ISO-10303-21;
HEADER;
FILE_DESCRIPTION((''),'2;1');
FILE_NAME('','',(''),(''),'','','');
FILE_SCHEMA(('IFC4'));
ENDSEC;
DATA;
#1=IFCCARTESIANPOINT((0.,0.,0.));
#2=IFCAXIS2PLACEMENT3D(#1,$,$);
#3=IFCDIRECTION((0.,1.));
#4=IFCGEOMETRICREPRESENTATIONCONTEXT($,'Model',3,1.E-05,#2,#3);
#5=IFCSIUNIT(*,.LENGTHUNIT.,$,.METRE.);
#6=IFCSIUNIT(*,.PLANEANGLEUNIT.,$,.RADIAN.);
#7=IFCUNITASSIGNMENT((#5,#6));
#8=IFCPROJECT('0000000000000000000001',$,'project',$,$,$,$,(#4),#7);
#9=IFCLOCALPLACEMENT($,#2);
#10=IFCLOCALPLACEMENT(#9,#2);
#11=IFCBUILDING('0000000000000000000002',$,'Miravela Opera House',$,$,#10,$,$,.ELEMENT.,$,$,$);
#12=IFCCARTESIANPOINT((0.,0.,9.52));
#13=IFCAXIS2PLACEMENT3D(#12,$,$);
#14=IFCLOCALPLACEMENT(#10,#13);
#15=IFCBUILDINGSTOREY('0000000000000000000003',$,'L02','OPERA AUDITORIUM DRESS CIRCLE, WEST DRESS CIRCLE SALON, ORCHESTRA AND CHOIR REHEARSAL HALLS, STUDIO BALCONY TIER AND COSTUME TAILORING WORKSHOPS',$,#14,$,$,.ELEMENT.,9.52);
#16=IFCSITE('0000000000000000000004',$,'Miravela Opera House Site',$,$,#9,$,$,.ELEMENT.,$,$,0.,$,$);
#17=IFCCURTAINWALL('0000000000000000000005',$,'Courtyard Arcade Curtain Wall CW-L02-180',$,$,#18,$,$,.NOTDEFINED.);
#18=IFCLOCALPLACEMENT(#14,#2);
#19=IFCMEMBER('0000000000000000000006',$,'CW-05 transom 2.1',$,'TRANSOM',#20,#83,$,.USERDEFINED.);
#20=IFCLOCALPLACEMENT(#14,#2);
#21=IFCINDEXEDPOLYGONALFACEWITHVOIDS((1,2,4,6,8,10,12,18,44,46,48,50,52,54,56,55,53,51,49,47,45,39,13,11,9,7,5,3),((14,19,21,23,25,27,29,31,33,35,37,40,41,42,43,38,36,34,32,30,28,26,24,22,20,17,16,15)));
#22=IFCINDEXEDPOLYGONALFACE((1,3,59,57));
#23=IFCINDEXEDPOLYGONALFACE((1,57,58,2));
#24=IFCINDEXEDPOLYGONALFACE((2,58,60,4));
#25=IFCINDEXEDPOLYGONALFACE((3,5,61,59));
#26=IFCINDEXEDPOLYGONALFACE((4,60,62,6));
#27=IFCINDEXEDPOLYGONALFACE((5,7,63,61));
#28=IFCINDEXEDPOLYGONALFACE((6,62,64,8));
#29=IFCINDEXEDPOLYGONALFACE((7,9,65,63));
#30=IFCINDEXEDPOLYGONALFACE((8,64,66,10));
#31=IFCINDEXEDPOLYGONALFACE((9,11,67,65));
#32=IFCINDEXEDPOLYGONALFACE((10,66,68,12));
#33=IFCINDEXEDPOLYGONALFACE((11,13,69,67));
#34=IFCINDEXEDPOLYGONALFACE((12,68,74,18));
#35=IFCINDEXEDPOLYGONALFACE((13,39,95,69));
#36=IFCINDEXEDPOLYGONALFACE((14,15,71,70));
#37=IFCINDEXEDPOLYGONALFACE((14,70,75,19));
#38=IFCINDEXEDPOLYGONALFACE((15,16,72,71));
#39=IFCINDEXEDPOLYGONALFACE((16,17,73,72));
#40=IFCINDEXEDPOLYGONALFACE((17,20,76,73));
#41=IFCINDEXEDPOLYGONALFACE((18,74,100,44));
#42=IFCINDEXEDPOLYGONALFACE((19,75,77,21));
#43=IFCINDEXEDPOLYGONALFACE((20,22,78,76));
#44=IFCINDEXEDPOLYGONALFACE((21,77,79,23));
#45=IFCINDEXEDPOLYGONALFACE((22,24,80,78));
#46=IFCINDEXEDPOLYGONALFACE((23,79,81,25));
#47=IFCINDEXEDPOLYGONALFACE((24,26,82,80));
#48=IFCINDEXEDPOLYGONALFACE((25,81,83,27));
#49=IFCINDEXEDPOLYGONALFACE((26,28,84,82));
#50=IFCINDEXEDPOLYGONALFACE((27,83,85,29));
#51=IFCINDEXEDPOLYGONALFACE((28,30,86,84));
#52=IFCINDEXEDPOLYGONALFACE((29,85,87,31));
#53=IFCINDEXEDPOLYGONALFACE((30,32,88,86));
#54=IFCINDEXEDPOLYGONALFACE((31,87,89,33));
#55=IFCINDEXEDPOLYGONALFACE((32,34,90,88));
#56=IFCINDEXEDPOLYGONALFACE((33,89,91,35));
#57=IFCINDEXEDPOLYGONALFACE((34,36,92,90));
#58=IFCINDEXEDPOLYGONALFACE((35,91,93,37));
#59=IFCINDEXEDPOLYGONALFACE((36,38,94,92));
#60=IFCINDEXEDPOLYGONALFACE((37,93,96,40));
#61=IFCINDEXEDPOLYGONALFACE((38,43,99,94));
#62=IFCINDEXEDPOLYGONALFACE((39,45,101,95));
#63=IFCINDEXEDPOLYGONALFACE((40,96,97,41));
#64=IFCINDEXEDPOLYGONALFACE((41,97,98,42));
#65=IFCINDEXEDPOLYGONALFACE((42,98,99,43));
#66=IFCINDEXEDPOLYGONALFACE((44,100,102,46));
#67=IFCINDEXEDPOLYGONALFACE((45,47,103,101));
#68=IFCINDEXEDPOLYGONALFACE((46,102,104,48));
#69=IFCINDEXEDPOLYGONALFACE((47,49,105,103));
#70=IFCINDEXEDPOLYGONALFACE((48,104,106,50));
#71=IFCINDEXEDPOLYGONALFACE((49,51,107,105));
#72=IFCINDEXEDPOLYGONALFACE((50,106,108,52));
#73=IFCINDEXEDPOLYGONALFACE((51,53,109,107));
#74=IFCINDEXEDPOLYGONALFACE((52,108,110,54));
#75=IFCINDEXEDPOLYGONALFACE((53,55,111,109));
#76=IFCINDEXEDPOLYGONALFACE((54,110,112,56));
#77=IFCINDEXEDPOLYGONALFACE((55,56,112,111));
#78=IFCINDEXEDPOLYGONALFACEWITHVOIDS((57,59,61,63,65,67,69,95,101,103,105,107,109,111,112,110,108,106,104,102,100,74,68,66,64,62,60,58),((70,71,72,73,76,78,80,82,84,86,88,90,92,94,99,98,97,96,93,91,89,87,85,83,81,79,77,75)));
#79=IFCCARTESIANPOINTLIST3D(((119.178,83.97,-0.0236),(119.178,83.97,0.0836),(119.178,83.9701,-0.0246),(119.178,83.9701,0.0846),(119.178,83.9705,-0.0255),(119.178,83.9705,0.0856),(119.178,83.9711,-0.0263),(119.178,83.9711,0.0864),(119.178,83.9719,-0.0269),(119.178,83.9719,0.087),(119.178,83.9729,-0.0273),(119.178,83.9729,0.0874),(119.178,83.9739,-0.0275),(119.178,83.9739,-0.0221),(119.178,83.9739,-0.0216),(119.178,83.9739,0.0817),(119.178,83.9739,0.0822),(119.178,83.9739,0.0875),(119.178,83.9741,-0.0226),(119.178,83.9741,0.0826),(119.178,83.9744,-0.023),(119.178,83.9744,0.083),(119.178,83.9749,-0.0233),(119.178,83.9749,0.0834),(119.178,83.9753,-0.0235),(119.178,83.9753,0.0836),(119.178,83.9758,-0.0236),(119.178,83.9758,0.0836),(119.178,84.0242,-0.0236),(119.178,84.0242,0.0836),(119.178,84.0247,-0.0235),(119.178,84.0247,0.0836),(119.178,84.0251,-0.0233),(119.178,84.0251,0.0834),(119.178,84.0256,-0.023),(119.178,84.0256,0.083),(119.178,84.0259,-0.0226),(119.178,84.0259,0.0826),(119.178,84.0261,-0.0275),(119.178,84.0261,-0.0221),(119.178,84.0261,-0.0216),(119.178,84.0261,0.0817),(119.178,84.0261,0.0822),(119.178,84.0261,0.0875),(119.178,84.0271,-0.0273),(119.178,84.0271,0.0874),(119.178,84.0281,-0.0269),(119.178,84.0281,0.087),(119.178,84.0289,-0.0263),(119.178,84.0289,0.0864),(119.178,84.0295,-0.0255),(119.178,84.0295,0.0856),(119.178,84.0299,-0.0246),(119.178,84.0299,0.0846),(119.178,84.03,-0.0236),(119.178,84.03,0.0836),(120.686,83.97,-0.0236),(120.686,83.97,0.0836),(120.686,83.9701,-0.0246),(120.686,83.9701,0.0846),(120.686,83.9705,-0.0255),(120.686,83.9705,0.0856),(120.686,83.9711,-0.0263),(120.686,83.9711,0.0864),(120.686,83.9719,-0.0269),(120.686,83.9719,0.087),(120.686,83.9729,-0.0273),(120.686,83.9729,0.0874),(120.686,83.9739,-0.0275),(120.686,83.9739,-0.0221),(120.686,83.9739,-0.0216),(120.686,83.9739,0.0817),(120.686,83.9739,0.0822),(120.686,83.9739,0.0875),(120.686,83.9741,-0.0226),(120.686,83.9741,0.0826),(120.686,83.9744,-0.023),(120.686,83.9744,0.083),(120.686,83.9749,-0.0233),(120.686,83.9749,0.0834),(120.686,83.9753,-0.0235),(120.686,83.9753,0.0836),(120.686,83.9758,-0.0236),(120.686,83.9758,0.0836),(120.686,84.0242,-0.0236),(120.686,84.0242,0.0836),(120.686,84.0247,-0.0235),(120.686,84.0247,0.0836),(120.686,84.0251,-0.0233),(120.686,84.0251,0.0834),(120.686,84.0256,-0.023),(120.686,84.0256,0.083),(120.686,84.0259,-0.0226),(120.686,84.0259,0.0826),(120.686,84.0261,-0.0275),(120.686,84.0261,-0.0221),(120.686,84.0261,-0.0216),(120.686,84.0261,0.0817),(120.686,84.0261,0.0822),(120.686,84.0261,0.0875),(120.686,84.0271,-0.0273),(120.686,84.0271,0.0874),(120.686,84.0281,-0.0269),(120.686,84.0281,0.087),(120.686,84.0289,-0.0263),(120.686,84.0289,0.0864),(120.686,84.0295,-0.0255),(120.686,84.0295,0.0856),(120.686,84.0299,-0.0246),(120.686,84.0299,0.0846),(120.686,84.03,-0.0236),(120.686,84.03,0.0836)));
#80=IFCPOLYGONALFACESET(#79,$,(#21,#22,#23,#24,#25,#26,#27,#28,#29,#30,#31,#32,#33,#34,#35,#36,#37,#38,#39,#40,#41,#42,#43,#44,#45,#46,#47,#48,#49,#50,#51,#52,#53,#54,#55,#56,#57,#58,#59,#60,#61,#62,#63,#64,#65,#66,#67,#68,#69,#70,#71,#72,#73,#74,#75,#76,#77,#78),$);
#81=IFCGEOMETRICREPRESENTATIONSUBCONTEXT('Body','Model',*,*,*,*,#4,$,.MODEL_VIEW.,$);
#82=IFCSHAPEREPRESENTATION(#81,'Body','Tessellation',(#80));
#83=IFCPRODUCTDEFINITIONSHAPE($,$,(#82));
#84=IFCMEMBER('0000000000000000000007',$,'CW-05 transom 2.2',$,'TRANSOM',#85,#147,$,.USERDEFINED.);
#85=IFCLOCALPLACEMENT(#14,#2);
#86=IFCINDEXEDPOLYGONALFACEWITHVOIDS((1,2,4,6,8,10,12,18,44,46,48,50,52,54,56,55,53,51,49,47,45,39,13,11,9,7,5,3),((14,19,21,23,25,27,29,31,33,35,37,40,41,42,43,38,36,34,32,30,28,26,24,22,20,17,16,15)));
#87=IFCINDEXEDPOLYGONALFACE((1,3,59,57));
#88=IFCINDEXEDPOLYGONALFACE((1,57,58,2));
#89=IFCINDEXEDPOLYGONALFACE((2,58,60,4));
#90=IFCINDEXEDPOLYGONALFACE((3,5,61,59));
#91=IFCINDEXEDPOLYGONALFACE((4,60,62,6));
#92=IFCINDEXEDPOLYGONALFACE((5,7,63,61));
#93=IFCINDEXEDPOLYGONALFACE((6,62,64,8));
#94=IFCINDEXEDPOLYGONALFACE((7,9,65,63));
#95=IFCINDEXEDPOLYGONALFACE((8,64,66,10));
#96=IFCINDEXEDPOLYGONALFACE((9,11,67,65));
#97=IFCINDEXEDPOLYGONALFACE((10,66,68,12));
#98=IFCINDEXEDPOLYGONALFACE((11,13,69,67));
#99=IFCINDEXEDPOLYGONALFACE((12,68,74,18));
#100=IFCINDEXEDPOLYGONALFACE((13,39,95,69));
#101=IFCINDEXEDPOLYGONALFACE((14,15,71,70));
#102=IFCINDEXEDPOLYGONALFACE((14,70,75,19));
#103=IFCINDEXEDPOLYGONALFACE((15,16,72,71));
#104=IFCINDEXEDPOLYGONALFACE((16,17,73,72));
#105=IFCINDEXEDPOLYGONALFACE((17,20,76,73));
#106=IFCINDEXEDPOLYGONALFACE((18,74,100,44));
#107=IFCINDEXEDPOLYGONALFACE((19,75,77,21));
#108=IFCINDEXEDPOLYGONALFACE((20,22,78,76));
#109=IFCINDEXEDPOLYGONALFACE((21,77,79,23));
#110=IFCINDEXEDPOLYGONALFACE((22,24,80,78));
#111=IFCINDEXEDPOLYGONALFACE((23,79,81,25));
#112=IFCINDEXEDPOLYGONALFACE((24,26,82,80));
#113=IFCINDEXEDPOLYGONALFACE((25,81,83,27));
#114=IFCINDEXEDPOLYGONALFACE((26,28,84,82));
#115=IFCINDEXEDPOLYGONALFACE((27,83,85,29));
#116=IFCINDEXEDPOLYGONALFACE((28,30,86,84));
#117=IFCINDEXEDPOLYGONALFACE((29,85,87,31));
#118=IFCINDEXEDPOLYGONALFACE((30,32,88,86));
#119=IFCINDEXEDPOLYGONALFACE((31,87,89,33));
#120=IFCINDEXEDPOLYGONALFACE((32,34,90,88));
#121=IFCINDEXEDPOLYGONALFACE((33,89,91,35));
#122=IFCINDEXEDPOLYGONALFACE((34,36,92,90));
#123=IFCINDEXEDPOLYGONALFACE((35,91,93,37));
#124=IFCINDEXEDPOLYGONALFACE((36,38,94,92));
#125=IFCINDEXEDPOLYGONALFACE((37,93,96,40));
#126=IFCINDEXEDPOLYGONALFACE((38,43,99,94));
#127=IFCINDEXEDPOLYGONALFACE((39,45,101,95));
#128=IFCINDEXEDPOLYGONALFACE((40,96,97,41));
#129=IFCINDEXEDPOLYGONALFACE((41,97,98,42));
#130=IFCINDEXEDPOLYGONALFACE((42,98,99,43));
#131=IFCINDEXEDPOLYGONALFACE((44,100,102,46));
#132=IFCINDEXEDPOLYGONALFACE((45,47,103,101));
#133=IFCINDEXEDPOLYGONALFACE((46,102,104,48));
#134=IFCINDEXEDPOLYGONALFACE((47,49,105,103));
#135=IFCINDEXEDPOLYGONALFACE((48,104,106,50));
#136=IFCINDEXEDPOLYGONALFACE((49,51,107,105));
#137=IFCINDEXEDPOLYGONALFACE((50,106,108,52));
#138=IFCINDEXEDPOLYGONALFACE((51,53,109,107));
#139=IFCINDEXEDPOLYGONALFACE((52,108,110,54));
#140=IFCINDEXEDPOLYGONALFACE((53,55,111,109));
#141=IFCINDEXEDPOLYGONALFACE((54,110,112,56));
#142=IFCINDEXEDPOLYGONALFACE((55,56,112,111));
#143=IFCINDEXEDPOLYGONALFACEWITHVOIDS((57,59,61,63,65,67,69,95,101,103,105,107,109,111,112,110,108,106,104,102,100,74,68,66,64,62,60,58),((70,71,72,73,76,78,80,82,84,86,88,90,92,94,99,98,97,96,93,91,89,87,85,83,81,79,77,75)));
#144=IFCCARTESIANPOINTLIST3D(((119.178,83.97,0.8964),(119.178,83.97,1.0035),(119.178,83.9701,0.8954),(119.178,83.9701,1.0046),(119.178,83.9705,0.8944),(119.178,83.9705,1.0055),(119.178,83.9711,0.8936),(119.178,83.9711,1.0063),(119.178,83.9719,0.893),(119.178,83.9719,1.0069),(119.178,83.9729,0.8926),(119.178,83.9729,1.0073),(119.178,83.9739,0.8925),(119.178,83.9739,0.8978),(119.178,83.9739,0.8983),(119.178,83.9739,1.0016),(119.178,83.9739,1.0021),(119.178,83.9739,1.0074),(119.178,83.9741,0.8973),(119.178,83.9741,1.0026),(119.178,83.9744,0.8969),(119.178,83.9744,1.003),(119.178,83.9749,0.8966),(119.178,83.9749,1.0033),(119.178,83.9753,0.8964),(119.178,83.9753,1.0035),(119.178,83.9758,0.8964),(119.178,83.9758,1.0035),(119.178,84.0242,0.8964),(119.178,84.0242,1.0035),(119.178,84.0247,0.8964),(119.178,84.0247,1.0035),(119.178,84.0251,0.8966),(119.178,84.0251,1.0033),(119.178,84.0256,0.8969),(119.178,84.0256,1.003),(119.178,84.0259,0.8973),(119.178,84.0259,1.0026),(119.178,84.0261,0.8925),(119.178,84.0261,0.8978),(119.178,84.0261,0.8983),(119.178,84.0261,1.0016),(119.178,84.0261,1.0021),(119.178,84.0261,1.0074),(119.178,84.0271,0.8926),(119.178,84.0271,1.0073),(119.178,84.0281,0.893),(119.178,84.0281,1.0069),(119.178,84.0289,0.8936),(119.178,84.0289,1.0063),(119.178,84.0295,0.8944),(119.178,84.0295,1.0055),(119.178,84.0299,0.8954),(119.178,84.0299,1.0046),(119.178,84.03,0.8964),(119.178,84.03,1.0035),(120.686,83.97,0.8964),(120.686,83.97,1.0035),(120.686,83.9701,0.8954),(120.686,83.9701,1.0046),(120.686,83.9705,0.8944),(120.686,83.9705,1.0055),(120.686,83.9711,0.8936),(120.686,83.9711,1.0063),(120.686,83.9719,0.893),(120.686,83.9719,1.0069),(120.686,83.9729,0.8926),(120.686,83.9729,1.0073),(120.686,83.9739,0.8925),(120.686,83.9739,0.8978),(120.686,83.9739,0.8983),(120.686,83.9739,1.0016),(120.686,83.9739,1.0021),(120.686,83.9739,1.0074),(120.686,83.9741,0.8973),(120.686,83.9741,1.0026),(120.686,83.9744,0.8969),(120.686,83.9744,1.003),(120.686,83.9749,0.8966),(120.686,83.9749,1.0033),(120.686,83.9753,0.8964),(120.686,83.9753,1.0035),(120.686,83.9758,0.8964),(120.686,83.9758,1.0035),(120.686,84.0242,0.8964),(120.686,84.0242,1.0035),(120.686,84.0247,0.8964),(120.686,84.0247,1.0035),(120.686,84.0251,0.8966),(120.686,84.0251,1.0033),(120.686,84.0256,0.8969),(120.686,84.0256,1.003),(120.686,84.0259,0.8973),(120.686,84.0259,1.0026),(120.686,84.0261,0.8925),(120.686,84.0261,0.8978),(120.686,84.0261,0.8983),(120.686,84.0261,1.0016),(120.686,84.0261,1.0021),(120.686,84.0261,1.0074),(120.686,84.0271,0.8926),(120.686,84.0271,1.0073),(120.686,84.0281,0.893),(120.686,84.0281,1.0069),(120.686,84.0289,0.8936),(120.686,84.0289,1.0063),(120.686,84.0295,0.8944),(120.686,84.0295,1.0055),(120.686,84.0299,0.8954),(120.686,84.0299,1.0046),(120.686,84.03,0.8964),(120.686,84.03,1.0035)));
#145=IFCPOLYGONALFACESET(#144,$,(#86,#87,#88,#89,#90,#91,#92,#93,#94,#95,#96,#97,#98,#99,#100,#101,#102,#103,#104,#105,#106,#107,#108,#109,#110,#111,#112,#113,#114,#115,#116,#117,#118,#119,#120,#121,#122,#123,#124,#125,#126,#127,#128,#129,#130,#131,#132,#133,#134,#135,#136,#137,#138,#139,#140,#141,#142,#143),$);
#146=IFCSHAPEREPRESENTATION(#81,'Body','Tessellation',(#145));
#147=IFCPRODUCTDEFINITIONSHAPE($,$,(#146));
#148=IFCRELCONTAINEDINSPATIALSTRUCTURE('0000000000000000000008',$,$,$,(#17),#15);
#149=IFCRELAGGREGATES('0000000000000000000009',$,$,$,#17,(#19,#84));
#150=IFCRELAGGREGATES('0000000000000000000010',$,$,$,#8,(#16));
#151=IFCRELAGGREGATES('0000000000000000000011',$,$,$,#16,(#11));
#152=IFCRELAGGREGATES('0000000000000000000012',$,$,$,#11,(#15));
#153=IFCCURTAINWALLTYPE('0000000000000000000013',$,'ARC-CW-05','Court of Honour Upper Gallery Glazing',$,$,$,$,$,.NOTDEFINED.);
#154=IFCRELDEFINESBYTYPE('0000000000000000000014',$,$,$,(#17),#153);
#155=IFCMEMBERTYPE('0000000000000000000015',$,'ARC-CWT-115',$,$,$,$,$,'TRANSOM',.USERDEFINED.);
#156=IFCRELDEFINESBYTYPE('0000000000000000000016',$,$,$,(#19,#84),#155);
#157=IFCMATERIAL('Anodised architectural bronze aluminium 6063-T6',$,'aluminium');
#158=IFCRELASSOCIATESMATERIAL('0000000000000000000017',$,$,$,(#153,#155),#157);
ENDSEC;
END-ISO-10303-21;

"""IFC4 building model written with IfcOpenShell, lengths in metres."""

from ifc_helpers import new_model, si_unit, direction, frame, origin, origin_2d, place, context, subcontext, project, spatial, hollow_rectangle, extrude, material, material_profile, profile_set, type_object, element, aggregate, save


model = new_model("IFC4")

# Units and contexts
model_context = context("Model", 3, precision=1e-05, world=origin(), true_north=direction((0.0, 1.0)))
body_context = subcontext(model_context, "Body", "Model", "MODEL_VIEW")
ifc_project = project(units=[si_unit("LENGTHUNIT", "METRE"), si_unit("PLANEANGLEUNIT", "RADIAN")], contexts=[model_context])

# Site, building, storey
site_placement = place(None, origin())
site = spatial("IfcSite", under=ifc_project, at=site_placement, Name="Miravela Opera House Site", CompositionType="ELEMENT", RefElevation=0.0)
building_placement = place(site_placement, origin())
building = spatial("IfcBuilding", under=site, at=building_placement, Name="Miravela Opera House", CompositionType="ELEMENT")
storey_placement = place(building_placement, frame((0.0, 0.0, 9.52)))
storey = spatial("IfcBuildingStorey", under=building, at=storey_placement, Name="L02", Description="OPERA AUDITORIUM DRESS CIRCLE, WEST DRESS CIRCLE SALON, ORCHESTRA AND CHOIR REHEARSAL HALLS, STUDIO BALCONY TIER AND COSTUME TAILORING WORKSHOPS", CompositionType="ELEMENT", Elevation=9.52)

# Curtain wall, members
ifc_material_1 = material(Name="Anodised architectural bronze aluminium 6063-T6", Category="aluminium")
curtain_wall_type = type_object("IfcCurtainWallType", Name="ARC-CW-05", Description="Court of Honour Upper Gallery Glazing", PredefinedType="NOTDEFINED", material=ifc_material_1)
curtain_wall_placement = place(storey_placement, origin())
curtain_wall = element("IfcCurtainWall", 1, at=curtain_wall_placement, inside=storey, type_object=curtain_wall_type, Name="Courtyard Arcade Curtain Wall CW-L02-180", PredefinedType="NOTDEFINED")
ifc_material_profile_1 = material_profile(ifc_material_1, hollow_rectangle(XDim=0.0601, YDim=0.115, WallThickness=0.0039, InnerFilletRadius=0.002, OuterFilletRadius=0.0039, at=origin_2d()), Name="CWT-60X115")
ifc_profile_set_1 = profile_set([ifc_material_profile_1])
member_type_1 = type_object("IfcMemberType", Name="ARC-CWT-115", ElementType="TRANSOM", PredefinedType="USERDEFINED", material=ifc_profile_set_1)
member_1_placement = place(storey_placement, frame((119.178, 84.0, 0.03), z_axis=(1.0, 0.0, 0.0), x_axis=(0.0, 1.0, 0.0)))
member_1 = element("IfcMember", 2, at=member_1_placement, type_object=member_type_1, Name="CW-05 transom 2.1", ObjectType="TRANSOM", PredefinedType="USERDEFINED", context=body_context, shape_type="SweptSolid", body=[
    extrude(hollow_rectangle(XDim=0.0601, YDim=0.115, WallThickness=0.0039, InnerFilletRadius=0.002, OuterFilletRadius=0.0039, at=origin_2d()), origin(), (0.0, 0.0, 1.0), 1.5081),
])
member_2_placement = place(storey_placement, frame((119.178, 84.0, 0.95), z_axis=(1.0, 0.0, 0.0), x_axis=(0.0, 1.0, 0.0)))
member_2 = element("IfcMember", 3, at=member_2_placement, type_object=member_type_1, Name="CW-05 transom 2.2", ObjectType="TRANSOM", PredefinedType="USERDEFINED", context=body_context, shape_type="SweptSolid", body=[
    extrude(hollow_rectangle(XDim=0.0601, YDim=0.115, WallThickness=0.0039, InnerFilletRadius=0.002, OuterFilletRadius=0.0039, at=origin_2d()), origin(), (0.0, 0.0, 1.0), 1.5081),
])
aggregate(curtain_wall, [member_1, member_2])

save(model, "model.ifc")
